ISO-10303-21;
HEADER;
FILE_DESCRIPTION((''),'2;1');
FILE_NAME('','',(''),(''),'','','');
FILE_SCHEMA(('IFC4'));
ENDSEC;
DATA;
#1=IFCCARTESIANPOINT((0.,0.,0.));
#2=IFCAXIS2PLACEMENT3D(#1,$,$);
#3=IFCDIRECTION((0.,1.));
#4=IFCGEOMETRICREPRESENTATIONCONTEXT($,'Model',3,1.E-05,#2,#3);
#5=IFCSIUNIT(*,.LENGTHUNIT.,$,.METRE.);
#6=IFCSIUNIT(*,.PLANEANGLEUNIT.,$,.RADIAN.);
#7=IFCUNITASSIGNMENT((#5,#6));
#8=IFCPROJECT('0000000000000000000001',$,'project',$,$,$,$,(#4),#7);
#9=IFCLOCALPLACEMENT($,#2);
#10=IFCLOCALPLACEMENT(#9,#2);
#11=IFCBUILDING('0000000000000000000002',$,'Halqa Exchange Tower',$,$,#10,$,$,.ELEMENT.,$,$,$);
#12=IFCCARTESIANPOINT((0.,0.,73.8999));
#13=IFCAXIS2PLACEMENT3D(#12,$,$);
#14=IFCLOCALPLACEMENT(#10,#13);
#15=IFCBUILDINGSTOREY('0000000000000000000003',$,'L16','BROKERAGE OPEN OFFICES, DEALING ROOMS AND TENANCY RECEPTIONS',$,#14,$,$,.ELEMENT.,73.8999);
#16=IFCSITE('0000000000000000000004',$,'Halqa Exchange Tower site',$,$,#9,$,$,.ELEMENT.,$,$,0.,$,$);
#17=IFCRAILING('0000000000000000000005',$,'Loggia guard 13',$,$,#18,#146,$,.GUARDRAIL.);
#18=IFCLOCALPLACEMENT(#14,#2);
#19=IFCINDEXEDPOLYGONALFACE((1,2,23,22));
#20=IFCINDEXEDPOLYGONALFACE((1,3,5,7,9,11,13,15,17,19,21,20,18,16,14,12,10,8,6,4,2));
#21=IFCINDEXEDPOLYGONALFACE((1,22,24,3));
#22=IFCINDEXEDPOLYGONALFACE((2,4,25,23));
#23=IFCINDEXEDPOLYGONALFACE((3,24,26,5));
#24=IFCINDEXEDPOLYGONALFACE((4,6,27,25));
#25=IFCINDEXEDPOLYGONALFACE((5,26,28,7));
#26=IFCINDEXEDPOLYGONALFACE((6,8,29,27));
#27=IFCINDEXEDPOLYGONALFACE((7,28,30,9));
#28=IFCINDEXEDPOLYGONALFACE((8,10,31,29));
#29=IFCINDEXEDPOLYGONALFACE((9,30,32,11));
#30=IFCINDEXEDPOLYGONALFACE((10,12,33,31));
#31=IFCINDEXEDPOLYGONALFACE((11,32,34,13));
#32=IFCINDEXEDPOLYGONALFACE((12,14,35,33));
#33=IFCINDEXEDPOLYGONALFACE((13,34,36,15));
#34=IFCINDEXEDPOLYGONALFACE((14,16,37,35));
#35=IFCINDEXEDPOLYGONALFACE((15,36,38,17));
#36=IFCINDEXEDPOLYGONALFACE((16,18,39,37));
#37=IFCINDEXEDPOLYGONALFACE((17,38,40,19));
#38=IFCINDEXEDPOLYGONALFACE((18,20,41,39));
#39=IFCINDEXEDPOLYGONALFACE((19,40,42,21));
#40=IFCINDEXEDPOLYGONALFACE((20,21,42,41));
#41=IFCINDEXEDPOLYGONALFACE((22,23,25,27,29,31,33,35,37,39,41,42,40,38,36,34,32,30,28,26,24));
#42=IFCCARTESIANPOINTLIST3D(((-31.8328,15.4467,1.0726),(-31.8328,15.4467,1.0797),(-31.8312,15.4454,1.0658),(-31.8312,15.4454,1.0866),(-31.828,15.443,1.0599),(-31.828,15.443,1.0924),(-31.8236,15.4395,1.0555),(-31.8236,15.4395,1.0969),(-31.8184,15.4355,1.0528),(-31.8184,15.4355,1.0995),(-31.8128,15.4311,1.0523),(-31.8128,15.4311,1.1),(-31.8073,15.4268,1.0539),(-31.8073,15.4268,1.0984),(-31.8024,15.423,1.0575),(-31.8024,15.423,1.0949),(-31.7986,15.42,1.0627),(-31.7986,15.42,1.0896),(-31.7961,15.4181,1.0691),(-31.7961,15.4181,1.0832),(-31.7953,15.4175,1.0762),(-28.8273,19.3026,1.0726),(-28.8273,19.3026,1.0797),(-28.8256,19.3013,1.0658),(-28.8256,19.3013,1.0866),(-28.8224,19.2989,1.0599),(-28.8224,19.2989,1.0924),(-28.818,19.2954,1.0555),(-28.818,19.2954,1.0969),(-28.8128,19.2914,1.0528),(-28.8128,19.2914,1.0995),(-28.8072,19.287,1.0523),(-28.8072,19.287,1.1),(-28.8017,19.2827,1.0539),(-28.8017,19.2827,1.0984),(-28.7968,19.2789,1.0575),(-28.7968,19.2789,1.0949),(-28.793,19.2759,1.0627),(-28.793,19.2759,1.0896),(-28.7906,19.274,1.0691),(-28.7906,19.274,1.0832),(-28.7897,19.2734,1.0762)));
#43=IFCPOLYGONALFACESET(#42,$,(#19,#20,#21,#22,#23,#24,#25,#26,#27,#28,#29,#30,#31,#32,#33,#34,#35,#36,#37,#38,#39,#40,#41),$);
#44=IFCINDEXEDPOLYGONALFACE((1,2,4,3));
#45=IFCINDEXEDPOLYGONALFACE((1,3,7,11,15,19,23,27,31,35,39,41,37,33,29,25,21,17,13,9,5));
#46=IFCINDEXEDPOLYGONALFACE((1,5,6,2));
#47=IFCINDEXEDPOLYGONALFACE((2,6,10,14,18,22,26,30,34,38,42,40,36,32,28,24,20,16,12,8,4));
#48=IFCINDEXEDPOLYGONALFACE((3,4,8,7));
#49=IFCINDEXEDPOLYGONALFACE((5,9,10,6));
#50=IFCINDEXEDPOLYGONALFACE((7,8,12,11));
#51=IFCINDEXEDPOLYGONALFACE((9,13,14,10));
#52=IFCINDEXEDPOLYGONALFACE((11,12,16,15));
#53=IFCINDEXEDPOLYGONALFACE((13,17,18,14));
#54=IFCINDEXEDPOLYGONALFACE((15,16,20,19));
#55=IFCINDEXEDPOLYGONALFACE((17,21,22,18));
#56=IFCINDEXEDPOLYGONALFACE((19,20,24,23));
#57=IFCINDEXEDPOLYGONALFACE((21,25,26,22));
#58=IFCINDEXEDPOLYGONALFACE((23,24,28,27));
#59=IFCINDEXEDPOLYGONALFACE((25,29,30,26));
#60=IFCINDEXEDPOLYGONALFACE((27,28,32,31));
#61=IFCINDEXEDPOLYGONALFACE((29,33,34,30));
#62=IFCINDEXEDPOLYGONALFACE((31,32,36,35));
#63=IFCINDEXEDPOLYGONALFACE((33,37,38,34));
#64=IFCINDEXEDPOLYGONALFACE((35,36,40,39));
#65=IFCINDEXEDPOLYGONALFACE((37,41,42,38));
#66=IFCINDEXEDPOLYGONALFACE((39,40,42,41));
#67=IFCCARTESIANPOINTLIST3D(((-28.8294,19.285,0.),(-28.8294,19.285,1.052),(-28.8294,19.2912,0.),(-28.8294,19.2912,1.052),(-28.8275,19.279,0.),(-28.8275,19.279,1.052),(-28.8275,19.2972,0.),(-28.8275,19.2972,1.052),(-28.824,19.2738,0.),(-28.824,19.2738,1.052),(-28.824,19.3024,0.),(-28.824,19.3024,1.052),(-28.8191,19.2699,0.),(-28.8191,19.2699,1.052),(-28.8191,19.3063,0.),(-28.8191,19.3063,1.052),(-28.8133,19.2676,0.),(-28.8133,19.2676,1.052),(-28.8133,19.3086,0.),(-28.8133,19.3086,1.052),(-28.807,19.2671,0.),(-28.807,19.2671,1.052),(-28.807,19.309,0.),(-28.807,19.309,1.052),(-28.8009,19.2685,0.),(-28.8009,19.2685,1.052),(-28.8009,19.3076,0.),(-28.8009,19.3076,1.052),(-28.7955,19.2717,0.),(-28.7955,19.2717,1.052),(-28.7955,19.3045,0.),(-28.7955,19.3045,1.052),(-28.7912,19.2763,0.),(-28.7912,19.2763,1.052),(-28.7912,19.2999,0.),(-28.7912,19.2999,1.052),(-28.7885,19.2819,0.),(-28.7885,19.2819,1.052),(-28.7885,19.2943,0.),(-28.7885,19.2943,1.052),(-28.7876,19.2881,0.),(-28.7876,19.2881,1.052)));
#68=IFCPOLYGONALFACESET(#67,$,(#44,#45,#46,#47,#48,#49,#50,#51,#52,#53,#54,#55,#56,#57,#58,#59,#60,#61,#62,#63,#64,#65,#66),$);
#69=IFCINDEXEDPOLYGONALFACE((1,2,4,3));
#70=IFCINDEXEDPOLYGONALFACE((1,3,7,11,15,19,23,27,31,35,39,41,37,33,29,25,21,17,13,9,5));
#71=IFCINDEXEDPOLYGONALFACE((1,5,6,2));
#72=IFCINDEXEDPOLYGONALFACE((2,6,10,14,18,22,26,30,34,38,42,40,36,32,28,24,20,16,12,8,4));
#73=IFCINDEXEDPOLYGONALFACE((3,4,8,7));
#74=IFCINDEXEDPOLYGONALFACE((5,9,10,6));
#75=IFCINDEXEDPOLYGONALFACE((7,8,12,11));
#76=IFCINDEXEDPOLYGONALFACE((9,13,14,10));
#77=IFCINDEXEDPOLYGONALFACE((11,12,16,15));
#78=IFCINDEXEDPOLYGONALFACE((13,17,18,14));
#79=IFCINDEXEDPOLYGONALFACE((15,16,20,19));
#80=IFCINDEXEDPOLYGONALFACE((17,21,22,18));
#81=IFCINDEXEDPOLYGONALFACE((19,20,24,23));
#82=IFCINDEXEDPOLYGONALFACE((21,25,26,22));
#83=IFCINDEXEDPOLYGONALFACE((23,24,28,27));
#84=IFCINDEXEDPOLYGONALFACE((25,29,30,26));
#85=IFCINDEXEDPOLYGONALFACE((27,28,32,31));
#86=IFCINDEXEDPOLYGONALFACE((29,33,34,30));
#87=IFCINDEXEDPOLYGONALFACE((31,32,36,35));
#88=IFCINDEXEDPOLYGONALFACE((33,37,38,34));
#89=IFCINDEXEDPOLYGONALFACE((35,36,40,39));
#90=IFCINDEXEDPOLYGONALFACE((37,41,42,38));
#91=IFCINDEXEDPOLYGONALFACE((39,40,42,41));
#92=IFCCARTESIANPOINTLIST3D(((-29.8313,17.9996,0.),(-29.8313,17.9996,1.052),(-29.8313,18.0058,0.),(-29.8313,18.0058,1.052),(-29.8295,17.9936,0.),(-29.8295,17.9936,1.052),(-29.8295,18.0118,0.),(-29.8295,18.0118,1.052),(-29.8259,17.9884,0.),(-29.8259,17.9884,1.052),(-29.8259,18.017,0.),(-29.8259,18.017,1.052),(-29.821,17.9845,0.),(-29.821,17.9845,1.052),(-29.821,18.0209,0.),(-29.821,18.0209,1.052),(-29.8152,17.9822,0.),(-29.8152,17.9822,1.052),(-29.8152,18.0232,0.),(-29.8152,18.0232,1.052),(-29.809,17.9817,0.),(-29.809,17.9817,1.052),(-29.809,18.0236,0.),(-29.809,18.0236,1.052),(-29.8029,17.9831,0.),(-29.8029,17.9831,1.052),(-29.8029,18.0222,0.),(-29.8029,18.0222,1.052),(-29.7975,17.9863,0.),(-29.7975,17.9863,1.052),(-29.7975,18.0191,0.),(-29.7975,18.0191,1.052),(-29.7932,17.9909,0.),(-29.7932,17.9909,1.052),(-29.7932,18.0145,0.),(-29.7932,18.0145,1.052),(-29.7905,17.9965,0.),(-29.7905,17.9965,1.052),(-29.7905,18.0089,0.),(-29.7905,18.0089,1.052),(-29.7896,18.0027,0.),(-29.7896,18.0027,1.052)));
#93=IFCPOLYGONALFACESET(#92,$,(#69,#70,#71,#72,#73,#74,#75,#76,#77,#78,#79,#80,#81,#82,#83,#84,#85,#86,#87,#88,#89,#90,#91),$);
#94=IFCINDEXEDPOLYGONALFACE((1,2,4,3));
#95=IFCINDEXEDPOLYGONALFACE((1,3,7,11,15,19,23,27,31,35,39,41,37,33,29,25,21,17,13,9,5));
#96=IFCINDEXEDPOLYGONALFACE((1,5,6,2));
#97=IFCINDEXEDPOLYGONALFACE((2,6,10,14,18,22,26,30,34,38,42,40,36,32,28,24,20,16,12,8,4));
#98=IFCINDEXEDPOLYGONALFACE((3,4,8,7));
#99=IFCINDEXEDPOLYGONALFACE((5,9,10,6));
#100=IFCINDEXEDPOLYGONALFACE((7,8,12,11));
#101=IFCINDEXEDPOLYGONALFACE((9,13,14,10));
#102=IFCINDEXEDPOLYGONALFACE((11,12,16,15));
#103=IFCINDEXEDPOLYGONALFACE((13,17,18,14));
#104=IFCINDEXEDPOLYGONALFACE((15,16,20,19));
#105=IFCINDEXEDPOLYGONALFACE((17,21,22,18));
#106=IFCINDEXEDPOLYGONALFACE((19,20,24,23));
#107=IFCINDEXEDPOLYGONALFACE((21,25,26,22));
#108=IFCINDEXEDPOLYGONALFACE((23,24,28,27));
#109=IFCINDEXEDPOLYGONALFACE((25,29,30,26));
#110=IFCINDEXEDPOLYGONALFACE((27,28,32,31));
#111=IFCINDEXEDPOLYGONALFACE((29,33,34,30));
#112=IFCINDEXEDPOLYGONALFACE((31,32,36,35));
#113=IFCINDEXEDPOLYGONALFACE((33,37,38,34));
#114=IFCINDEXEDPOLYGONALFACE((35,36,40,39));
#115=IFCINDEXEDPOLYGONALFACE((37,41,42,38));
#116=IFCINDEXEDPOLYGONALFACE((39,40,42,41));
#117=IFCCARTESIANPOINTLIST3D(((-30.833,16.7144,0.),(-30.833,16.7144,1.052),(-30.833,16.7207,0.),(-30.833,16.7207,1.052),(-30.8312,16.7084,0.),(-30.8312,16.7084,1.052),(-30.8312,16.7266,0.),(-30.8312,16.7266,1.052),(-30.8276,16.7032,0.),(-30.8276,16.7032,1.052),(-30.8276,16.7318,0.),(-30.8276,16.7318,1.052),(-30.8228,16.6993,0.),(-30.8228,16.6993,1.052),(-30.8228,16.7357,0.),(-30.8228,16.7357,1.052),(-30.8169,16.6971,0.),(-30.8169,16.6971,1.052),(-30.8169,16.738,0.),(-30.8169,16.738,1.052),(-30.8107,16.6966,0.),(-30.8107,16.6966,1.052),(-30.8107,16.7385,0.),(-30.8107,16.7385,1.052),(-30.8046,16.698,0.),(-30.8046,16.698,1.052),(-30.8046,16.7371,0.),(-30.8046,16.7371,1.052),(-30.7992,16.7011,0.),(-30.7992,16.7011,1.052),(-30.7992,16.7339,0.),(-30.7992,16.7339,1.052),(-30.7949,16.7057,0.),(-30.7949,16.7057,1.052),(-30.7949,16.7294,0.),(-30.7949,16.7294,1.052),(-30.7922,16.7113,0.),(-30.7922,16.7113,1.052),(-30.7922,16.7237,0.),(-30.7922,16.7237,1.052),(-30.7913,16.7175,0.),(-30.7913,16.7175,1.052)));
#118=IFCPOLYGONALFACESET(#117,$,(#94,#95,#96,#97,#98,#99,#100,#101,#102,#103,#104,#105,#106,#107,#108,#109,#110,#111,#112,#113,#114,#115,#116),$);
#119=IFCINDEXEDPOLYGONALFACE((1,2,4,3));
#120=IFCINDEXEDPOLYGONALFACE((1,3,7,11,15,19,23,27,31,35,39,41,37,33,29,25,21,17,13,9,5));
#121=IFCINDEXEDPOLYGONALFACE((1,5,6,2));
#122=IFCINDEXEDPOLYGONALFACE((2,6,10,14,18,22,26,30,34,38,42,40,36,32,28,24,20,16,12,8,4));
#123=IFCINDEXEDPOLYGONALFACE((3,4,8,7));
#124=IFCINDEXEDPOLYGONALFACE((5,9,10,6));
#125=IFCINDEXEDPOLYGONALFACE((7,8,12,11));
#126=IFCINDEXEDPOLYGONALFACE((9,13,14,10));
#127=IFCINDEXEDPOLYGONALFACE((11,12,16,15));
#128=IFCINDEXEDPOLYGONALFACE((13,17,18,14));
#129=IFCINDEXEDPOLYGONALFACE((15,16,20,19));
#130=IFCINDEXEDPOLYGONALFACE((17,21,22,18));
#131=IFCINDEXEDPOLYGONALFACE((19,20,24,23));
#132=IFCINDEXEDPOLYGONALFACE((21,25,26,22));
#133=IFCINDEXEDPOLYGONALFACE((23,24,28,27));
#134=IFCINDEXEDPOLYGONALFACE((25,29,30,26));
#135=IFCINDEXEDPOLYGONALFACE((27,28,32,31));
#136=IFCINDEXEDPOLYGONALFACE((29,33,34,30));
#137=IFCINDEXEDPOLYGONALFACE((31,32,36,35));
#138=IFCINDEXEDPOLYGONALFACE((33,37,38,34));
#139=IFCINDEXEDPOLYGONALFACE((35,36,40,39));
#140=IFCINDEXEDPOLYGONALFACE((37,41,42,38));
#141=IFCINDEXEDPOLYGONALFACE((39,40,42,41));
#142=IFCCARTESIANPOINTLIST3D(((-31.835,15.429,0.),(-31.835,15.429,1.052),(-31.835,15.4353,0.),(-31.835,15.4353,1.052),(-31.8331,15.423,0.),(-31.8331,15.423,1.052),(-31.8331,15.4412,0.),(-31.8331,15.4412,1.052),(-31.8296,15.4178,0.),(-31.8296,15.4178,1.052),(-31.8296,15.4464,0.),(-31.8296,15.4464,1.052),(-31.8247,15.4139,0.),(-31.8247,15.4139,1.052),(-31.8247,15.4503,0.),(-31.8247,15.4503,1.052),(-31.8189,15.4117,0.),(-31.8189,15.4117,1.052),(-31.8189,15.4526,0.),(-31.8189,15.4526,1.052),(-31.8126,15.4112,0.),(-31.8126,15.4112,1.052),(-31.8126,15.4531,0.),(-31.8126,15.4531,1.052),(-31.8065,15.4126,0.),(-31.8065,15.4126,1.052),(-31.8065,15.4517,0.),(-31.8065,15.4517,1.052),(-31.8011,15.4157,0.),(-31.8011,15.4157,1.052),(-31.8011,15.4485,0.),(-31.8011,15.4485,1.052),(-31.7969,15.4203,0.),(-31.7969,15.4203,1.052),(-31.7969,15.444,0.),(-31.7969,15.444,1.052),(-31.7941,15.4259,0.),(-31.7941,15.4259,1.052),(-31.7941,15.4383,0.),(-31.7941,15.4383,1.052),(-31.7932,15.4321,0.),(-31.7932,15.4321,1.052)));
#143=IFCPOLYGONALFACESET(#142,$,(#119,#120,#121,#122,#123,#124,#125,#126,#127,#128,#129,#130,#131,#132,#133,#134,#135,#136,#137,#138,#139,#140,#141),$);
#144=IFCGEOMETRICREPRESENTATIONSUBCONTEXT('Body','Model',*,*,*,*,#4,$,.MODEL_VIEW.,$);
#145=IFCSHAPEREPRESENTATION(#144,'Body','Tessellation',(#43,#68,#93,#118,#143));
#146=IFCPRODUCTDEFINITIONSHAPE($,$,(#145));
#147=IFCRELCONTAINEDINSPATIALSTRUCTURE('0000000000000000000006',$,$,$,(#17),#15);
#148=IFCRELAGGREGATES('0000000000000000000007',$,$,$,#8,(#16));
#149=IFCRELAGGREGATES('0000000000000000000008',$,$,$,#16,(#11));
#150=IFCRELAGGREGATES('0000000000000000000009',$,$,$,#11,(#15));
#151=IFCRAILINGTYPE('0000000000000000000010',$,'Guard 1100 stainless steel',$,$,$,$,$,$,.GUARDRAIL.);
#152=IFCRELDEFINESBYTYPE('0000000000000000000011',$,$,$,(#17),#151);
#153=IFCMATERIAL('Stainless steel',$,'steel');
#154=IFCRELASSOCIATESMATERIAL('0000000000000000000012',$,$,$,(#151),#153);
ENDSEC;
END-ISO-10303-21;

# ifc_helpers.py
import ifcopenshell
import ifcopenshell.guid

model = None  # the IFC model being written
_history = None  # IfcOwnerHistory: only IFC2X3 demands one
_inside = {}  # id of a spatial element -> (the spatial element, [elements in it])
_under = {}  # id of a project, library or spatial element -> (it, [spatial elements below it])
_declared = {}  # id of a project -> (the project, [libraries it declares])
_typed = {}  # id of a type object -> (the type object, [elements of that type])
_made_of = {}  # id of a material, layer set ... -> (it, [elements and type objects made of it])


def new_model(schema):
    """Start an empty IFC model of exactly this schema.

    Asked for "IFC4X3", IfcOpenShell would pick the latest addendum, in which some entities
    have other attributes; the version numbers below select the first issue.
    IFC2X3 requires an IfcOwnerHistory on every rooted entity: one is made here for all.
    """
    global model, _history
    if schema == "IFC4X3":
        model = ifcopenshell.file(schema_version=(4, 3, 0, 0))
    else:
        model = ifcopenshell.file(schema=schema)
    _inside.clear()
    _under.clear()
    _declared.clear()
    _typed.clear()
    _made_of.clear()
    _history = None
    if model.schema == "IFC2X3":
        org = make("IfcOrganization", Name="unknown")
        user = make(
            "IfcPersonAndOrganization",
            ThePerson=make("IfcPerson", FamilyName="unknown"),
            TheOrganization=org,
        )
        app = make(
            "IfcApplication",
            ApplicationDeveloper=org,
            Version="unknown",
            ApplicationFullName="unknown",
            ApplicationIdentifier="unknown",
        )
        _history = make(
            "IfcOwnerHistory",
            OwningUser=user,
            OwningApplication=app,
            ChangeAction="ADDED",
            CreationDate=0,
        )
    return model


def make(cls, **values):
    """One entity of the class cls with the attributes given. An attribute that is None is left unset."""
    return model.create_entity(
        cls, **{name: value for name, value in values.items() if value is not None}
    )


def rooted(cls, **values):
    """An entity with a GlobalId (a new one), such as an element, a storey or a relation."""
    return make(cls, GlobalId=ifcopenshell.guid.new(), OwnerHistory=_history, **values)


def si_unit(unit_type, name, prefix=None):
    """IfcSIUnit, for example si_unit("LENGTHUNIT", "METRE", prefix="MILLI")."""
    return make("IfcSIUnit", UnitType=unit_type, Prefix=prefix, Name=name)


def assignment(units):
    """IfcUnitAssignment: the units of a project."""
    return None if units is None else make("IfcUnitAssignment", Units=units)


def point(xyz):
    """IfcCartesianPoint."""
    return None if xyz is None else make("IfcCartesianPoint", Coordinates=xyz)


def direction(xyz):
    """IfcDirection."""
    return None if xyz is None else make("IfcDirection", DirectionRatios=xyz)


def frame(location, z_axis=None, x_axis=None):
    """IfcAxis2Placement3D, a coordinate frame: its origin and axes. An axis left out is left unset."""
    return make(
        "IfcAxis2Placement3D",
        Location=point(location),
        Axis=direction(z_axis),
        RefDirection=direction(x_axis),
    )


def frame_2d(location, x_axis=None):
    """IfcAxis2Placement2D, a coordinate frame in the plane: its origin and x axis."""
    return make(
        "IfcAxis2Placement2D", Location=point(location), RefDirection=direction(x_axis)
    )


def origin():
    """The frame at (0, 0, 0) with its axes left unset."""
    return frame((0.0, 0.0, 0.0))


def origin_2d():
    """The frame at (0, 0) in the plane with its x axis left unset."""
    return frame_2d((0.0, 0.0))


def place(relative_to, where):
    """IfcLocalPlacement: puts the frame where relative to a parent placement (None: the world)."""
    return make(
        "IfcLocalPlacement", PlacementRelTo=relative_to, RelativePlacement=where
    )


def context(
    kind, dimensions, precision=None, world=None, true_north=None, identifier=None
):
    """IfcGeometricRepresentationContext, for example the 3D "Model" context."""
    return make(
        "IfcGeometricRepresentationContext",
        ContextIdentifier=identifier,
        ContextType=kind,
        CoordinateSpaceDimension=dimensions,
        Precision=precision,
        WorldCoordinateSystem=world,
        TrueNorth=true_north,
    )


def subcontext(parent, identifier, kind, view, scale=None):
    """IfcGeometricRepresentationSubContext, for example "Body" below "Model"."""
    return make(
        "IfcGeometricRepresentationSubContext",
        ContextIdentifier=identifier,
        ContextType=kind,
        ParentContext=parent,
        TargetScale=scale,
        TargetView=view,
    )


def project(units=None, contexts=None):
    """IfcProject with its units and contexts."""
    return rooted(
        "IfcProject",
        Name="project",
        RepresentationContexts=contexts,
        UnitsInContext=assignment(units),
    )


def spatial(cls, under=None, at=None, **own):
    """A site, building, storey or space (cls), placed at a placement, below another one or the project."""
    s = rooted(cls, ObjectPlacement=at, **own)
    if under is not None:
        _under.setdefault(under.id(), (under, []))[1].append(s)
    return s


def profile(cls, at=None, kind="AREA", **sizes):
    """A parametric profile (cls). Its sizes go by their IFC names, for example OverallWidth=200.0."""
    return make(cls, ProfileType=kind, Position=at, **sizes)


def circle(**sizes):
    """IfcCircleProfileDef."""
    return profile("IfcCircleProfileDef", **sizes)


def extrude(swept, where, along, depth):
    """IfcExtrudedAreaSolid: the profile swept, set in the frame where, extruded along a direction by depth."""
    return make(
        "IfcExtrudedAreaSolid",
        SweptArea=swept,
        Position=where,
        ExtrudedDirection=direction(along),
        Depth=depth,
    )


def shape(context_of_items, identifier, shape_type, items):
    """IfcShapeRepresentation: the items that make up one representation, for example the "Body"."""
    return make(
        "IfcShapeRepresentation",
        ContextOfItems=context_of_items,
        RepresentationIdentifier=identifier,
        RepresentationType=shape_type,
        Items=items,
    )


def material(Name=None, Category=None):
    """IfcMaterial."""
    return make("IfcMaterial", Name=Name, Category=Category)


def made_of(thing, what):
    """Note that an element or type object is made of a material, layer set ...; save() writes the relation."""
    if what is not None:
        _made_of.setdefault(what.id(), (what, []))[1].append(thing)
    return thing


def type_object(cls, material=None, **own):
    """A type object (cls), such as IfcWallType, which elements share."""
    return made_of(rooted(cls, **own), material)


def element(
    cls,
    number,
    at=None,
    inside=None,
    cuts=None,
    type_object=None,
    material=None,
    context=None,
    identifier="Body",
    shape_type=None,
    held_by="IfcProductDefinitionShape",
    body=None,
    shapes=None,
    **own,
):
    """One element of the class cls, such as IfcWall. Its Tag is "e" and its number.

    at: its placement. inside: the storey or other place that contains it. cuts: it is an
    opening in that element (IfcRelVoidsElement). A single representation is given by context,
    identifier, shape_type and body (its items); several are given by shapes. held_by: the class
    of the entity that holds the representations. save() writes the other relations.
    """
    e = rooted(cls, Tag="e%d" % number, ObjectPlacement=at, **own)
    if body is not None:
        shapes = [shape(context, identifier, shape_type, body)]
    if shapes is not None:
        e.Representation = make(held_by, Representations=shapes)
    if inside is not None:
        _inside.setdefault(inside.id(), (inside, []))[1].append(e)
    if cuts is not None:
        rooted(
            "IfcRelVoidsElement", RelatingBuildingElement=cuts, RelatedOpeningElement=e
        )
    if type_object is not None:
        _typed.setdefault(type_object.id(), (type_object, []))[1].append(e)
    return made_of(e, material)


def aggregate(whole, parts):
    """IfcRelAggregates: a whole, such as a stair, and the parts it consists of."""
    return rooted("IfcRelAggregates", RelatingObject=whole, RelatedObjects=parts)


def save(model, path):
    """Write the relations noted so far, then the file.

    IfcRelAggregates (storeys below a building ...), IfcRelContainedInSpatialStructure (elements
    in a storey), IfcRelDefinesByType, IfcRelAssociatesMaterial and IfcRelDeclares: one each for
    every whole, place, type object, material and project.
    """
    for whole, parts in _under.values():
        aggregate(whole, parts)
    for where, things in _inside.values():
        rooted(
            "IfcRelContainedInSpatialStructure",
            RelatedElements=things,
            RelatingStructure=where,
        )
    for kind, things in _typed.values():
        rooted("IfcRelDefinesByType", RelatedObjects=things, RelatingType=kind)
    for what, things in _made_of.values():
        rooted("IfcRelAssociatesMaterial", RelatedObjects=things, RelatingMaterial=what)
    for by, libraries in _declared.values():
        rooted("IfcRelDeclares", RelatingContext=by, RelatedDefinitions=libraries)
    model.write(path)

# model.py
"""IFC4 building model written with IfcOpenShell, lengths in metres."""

from ifc_helpers import new_model, si_unit, direction, frame, origin, origin_2d, place, context, subcontext, project, spatial, circle, extrude, material, type_object, element, save


model = new_model("IFC4")

# Units and contexts
model_context = context("Model", 3, precision=1e-05, world=origin(), true_north=direction((0.0, 1.0)))
body_context = subcontext(model_context, "Body", "Model", "MODEL_VIEW")
ifc_project = project(units=[si_unit("LENGTHUNIT", "METRE"), si_unit("PLANEANGLEUNIT", "RADIAN")], contexts=[model_context])

# Site, building, storey
site_placement = place(None, origin())
site = spatial("IfcSite", under=ifc_project, at=site_placement, Name="Halqa Exchange Tower site", CompositionType="ELEMENT", RefElevation=0.0)
building_placement = place(site_placement, origin())
building = spatial("IfcBuilding", under=site, at=building_placement, Name="Halqa Exchange Tower", CompositionType="ELEMENT")
storey_placement = place(building_placement, frame((0.0, 0.0, 73.8999)))
storey = spatial("IfcBuildingStorey", under=building, at=storey_placement, Name="L16", Description="BROKERAGE OPEN OFFICES, DEALING ROOMS AND TENANCY RECEPTIONS", CompositionType="ELEMENT", Elevation=73.8999)

# Railing
ifc_material_1 = material(Name="Stainless steel", Category="steel")
railing_type = type_object("IfcRailingType", Name="Guard 1100 stainless steel", PredefinedType="GUARDRAIL", material=ifc_material_1)
railing_1_placement = place(storey_placement, frame((-28.8086, 19.2881, 0.0)))
element("IfcRailing", 1, at=railing_1_placement, inside=storey, type_object=railing_type, Name="Loggia guard 13", PredefinedType="GUARDRAIL", context=body_context, shape_type="SweptSolid", body=[
    extrude(circle(Radius=0.0239, at=origin_2d()), frame((0.0, 0.0, 1.0762), z_axis=(-0.614773, -0.788704, 0.0), x_axis=(0.788704, -0.614773, 0.0)), (0.0, 0.0, 1.0), 4.8889),
    extrude(circle(Radius=0.021, at=origin_2d()), origin(), (0.0, 0.0, 1.0), 1.052),
    extrude(circle(Radius=0.021, at=origin_2d()), frame((-1.002, -1.2854, 0.0)), (0.0, 0.0, 1.0), 1.052),
    extrude(circle(Radius=0.021, at=origin_2d()), frame((-2.0037, -2.5706, 0.0)), (0.0, 0.0, 1.0), 1.052),
    extrude(circle(Radius=0.021, at=origin_2d()), frame((-3.0056, -3.856, 0.0)), (0.0, 0.0, 1.0), 1.052),
])

save(model, "model.ifc")
